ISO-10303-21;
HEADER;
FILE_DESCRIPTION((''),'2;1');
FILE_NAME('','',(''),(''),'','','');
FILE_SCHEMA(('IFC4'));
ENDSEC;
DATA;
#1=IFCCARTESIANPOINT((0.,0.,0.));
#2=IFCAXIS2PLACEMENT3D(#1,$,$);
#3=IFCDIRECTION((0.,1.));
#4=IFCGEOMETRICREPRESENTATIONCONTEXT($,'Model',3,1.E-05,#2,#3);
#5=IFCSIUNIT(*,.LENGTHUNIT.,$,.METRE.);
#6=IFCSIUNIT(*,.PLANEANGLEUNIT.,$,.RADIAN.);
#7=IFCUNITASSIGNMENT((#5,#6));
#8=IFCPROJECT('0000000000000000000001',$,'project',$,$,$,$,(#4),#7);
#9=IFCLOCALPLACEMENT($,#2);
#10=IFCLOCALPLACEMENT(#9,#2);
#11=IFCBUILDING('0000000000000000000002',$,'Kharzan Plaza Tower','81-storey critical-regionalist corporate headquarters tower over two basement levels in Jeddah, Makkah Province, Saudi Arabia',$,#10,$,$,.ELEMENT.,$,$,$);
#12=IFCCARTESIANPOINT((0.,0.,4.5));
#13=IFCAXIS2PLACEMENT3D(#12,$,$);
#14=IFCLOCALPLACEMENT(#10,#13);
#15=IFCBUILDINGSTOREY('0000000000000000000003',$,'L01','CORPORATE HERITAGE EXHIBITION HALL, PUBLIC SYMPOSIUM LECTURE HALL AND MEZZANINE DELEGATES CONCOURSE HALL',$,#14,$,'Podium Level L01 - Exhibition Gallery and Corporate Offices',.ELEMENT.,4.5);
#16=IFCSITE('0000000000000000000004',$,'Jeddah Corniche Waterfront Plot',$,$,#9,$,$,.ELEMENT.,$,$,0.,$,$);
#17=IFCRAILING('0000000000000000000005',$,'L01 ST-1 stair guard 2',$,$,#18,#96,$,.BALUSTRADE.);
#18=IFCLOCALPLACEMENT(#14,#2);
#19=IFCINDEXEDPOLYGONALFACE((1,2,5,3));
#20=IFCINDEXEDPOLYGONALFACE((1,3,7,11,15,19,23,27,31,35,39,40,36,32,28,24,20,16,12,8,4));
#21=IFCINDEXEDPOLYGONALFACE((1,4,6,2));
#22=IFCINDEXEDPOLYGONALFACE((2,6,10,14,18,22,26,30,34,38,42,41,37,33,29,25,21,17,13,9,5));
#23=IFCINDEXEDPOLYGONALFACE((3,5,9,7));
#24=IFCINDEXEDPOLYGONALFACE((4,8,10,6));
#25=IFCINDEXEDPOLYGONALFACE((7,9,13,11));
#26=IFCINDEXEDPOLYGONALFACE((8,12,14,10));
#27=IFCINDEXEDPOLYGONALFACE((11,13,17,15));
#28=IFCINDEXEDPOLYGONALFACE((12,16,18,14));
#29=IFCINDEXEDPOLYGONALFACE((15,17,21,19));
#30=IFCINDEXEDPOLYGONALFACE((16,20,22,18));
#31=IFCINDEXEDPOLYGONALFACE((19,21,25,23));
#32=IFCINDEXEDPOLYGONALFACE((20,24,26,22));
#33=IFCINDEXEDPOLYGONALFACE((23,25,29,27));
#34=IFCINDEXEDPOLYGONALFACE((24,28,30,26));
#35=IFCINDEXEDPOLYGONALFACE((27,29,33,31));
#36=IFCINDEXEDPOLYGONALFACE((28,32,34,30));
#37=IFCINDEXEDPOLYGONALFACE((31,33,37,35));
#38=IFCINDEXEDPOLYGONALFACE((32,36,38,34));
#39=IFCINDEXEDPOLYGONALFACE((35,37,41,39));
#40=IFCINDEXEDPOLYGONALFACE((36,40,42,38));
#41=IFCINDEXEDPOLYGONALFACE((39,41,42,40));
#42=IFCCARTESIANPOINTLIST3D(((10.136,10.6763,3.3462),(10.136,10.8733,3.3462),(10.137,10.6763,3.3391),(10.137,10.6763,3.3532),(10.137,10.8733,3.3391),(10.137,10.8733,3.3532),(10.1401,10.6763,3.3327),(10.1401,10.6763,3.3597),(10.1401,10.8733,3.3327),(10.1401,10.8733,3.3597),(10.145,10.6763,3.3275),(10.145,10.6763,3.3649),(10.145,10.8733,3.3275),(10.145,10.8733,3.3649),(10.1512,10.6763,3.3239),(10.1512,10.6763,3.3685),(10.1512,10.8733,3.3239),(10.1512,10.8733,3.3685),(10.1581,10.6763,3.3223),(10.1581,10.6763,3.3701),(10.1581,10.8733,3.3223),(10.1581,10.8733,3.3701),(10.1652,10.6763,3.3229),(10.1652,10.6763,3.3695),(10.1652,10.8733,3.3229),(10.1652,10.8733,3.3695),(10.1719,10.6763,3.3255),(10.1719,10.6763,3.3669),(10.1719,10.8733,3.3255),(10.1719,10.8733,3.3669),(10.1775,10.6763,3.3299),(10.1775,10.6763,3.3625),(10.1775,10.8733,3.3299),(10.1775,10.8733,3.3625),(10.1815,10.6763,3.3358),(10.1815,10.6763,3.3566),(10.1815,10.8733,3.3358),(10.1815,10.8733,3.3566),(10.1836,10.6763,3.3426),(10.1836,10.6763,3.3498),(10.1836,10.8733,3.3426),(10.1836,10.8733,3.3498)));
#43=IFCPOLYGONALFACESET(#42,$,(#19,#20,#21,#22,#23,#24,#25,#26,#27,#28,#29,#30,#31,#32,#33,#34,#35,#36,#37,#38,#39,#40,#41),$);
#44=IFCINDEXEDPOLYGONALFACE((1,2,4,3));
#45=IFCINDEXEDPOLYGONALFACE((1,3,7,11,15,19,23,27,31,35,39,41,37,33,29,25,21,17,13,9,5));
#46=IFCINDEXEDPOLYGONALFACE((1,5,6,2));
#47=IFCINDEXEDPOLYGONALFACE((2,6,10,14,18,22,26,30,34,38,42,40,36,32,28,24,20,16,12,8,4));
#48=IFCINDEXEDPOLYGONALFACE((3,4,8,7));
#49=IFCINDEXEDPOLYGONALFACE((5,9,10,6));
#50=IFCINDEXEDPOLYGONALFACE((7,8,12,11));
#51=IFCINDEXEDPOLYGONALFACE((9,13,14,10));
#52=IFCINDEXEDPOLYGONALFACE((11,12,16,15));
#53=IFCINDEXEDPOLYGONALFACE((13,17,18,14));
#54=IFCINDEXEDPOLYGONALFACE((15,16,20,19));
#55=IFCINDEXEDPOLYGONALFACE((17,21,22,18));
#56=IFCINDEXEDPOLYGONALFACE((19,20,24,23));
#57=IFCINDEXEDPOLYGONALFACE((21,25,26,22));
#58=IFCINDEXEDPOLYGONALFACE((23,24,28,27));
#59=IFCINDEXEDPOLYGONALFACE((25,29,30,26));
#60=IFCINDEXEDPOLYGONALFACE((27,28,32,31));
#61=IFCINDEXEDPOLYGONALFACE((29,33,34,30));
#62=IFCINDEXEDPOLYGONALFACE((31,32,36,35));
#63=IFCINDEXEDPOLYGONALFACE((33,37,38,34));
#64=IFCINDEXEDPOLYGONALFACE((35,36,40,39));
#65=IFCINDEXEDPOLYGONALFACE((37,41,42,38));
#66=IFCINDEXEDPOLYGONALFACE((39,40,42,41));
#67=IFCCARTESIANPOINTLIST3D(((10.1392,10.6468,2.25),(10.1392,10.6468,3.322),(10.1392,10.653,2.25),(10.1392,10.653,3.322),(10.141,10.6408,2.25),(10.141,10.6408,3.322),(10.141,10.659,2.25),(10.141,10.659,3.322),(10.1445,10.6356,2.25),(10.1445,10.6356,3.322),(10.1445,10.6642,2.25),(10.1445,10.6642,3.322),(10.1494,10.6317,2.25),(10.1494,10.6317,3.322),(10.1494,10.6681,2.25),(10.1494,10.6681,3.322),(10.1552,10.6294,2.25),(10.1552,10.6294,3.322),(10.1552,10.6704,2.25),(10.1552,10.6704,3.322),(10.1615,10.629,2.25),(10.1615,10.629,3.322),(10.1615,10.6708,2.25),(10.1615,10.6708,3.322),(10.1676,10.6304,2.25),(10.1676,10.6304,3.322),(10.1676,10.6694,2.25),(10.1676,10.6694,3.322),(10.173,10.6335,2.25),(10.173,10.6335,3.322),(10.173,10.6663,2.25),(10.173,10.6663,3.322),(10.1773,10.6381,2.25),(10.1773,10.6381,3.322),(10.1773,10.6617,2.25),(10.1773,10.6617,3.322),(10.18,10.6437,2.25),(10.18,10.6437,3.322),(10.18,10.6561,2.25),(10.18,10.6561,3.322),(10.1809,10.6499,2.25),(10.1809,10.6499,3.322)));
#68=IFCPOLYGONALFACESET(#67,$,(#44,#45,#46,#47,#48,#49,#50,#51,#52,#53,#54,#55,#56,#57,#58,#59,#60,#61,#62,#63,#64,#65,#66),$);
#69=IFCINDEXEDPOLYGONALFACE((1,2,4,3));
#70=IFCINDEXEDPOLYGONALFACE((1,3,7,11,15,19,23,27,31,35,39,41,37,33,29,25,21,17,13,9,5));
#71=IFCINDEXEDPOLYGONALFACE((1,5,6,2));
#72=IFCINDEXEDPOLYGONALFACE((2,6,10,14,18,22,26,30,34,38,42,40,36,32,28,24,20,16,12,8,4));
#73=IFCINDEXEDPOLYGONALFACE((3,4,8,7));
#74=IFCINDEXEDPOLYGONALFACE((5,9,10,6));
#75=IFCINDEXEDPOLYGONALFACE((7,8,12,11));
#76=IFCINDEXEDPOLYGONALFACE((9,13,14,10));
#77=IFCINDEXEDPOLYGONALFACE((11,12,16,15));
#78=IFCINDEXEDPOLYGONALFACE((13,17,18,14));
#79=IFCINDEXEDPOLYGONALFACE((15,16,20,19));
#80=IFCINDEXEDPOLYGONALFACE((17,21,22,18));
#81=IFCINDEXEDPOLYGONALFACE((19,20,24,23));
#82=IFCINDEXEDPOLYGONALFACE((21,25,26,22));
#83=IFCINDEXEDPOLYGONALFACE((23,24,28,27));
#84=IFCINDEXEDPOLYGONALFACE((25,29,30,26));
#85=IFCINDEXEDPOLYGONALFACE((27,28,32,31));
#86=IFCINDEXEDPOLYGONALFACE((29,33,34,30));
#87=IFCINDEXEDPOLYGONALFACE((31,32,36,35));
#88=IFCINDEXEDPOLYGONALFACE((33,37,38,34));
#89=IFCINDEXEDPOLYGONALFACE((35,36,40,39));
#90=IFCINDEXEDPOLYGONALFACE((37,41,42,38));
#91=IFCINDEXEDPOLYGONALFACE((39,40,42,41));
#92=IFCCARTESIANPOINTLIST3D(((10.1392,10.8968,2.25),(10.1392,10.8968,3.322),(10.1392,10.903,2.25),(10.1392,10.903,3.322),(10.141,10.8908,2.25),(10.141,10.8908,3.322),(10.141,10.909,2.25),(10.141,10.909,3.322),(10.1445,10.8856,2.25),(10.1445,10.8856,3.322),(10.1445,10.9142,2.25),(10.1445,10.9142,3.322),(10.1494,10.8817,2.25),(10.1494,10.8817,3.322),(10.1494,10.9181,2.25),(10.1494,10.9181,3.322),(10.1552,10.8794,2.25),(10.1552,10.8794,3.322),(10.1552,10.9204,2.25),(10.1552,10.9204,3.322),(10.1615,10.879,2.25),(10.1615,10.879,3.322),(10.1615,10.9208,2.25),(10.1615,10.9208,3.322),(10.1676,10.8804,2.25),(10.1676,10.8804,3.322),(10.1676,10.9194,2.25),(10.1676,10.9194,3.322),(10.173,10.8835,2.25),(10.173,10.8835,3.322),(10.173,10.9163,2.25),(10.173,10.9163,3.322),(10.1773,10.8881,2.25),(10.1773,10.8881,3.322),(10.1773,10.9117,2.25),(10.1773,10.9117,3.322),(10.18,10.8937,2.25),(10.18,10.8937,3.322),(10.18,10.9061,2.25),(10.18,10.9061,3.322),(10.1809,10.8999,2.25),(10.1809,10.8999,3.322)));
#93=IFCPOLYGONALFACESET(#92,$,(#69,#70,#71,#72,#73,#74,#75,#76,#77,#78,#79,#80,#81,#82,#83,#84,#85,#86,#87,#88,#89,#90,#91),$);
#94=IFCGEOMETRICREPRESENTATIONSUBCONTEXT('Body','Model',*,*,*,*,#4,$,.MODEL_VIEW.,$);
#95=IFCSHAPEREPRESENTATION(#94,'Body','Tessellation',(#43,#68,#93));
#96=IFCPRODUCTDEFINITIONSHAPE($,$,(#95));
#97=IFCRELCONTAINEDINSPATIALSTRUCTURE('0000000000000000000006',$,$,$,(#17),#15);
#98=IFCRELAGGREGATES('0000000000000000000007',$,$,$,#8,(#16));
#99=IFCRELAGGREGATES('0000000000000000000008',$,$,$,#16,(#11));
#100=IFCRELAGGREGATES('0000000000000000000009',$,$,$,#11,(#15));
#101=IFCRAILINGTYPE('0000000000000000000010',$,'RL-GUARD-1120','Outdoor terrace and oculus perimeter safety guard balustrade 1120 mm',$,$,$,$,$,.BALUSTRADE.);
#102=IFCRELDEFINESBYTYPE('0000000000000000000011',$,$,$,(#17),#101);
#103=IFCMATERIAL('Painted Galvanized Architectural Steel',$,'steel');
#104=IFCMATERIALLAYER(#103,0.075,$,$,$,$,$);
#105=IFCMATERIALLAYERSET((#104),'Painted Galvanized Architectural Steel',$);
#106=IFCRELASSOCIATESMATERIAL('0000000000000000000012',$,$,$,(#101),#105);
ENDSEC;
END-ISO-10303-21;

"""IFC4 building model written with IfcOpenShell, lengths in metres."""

from ifc_helpers import new_model, si_unit, direction, frame, origin, origin_2d, place, context, subcontext, project, spatial, circle, extrude, source, transform, mapped, material, layer, layer_set, type_object, element, save


model = new_model("IFC4")

# Units and contexts
model_context = context("Model", 3, precision=1e-05, world=origin(), true_north=direction((0.0, 1.0)))
body_context = subcontext(model_context, "Body", "Model", "MODEL_VIEW")
ifc_project = project(units=[si_unit("LENGTHUNIT", "METRE"), si_unit("PLANEANGLEUNIT", "RADIAN")], contexts=[model_context])

# Site, building, storey
site_placement = place(None, origin())
site = spatial("IfcSite", under=ifc_project, at=site_placement, Name="Jeddah Corniche Waterfront Plot", CompositionType="ELEMENT", RefElevation=0.0)
building_placement = place(site_placement, origin())
building = spatial("IfcBuilding", under=site, at=building_placement, Name="Kharzan Plaza Tower", Description="81-storey critical-regionalist corporate headquarters tower over two basement levels in Jeddah, Makkah Province, Saudi Arabia", CompositionType="ELEMENT")
storey_placement = place(building_placement, frame((0.0, 0.0, 4.5)))
storey = spatial("IfcBuildingStorey", under=building, at=storey_placement, Name="L01", Description="CORPORATE HERITAGE EXHIBITION HALL, PUBLIC SYMPOSIUM LECTURE HALL AND MEZZANINE DELEGATES CONCOURSE HALL", LongName="Podium Level L01 - Exhibition Gallery and Corporate Offices", CompositionType="ELEMENT", Elevation=4.5)

# Railing
ifc_material_1 = material(Name="Painted Galvanized Architectural Steel", Category="steel")
ifc_layer_1 = layer(ifc_material_1, 0.075)
ifc_layer_set_1 = layer_set([ifc_layer_1], Name="Painted Galvanized Architectural Steel")
railing_type_1 = type_object("IfcRailingType", Name="RL-GUARD-1120", Description="Outdoor terrace and oculus perimeter safety guard balustrade 1120 mm", PredefinedType="BALUSTRADE", material=ifc_layer_set_1)
shared_shape_1 = source(origin(), body_context, "Body", "SweptSolid", [
    extrude(circle(Radius=0.0239, at=origin_2d()), frame((0.0, 0.0264, 1.0962), z_axis=(0.0, 1.0, 0.0), x_axis=(-1.0, 0.0, 0.0)), (0.0, 0.0, 1.0), 0.197),
    extrude(circle(Radius=0.021, at=origin_2d()), origin(), (0.0, 0.0, 1.0), 1.072),
    extrude(circle(Radius=0.021, at=origin_2d()), frame((0.0, 0.25, 0.0)), (0.0, 0.0, 1.0), 1.072),
])
railing_1_placement = place(storey_placement, frame((10.1599, 10.6499, 2.25)))
element("IfcRailing", 1, at=railing_1_placement, inside=storey, type_object=railing_type_1, Name="L01 ST-1 stair guard 2", PredefinedType="BALUSTRADE", context=body_context, shape_type="MappedRepresentation", body=[
    mapped(shared_shape_1, transform((0.0, 0.0, 0.0), x_axis=(1.0, 0.0, 0.0), y_axis=(0.0, 1.0, 0.0), z_axis=(0.0, 0.0, 1.0))),
])

save(model, "model.ifc")
